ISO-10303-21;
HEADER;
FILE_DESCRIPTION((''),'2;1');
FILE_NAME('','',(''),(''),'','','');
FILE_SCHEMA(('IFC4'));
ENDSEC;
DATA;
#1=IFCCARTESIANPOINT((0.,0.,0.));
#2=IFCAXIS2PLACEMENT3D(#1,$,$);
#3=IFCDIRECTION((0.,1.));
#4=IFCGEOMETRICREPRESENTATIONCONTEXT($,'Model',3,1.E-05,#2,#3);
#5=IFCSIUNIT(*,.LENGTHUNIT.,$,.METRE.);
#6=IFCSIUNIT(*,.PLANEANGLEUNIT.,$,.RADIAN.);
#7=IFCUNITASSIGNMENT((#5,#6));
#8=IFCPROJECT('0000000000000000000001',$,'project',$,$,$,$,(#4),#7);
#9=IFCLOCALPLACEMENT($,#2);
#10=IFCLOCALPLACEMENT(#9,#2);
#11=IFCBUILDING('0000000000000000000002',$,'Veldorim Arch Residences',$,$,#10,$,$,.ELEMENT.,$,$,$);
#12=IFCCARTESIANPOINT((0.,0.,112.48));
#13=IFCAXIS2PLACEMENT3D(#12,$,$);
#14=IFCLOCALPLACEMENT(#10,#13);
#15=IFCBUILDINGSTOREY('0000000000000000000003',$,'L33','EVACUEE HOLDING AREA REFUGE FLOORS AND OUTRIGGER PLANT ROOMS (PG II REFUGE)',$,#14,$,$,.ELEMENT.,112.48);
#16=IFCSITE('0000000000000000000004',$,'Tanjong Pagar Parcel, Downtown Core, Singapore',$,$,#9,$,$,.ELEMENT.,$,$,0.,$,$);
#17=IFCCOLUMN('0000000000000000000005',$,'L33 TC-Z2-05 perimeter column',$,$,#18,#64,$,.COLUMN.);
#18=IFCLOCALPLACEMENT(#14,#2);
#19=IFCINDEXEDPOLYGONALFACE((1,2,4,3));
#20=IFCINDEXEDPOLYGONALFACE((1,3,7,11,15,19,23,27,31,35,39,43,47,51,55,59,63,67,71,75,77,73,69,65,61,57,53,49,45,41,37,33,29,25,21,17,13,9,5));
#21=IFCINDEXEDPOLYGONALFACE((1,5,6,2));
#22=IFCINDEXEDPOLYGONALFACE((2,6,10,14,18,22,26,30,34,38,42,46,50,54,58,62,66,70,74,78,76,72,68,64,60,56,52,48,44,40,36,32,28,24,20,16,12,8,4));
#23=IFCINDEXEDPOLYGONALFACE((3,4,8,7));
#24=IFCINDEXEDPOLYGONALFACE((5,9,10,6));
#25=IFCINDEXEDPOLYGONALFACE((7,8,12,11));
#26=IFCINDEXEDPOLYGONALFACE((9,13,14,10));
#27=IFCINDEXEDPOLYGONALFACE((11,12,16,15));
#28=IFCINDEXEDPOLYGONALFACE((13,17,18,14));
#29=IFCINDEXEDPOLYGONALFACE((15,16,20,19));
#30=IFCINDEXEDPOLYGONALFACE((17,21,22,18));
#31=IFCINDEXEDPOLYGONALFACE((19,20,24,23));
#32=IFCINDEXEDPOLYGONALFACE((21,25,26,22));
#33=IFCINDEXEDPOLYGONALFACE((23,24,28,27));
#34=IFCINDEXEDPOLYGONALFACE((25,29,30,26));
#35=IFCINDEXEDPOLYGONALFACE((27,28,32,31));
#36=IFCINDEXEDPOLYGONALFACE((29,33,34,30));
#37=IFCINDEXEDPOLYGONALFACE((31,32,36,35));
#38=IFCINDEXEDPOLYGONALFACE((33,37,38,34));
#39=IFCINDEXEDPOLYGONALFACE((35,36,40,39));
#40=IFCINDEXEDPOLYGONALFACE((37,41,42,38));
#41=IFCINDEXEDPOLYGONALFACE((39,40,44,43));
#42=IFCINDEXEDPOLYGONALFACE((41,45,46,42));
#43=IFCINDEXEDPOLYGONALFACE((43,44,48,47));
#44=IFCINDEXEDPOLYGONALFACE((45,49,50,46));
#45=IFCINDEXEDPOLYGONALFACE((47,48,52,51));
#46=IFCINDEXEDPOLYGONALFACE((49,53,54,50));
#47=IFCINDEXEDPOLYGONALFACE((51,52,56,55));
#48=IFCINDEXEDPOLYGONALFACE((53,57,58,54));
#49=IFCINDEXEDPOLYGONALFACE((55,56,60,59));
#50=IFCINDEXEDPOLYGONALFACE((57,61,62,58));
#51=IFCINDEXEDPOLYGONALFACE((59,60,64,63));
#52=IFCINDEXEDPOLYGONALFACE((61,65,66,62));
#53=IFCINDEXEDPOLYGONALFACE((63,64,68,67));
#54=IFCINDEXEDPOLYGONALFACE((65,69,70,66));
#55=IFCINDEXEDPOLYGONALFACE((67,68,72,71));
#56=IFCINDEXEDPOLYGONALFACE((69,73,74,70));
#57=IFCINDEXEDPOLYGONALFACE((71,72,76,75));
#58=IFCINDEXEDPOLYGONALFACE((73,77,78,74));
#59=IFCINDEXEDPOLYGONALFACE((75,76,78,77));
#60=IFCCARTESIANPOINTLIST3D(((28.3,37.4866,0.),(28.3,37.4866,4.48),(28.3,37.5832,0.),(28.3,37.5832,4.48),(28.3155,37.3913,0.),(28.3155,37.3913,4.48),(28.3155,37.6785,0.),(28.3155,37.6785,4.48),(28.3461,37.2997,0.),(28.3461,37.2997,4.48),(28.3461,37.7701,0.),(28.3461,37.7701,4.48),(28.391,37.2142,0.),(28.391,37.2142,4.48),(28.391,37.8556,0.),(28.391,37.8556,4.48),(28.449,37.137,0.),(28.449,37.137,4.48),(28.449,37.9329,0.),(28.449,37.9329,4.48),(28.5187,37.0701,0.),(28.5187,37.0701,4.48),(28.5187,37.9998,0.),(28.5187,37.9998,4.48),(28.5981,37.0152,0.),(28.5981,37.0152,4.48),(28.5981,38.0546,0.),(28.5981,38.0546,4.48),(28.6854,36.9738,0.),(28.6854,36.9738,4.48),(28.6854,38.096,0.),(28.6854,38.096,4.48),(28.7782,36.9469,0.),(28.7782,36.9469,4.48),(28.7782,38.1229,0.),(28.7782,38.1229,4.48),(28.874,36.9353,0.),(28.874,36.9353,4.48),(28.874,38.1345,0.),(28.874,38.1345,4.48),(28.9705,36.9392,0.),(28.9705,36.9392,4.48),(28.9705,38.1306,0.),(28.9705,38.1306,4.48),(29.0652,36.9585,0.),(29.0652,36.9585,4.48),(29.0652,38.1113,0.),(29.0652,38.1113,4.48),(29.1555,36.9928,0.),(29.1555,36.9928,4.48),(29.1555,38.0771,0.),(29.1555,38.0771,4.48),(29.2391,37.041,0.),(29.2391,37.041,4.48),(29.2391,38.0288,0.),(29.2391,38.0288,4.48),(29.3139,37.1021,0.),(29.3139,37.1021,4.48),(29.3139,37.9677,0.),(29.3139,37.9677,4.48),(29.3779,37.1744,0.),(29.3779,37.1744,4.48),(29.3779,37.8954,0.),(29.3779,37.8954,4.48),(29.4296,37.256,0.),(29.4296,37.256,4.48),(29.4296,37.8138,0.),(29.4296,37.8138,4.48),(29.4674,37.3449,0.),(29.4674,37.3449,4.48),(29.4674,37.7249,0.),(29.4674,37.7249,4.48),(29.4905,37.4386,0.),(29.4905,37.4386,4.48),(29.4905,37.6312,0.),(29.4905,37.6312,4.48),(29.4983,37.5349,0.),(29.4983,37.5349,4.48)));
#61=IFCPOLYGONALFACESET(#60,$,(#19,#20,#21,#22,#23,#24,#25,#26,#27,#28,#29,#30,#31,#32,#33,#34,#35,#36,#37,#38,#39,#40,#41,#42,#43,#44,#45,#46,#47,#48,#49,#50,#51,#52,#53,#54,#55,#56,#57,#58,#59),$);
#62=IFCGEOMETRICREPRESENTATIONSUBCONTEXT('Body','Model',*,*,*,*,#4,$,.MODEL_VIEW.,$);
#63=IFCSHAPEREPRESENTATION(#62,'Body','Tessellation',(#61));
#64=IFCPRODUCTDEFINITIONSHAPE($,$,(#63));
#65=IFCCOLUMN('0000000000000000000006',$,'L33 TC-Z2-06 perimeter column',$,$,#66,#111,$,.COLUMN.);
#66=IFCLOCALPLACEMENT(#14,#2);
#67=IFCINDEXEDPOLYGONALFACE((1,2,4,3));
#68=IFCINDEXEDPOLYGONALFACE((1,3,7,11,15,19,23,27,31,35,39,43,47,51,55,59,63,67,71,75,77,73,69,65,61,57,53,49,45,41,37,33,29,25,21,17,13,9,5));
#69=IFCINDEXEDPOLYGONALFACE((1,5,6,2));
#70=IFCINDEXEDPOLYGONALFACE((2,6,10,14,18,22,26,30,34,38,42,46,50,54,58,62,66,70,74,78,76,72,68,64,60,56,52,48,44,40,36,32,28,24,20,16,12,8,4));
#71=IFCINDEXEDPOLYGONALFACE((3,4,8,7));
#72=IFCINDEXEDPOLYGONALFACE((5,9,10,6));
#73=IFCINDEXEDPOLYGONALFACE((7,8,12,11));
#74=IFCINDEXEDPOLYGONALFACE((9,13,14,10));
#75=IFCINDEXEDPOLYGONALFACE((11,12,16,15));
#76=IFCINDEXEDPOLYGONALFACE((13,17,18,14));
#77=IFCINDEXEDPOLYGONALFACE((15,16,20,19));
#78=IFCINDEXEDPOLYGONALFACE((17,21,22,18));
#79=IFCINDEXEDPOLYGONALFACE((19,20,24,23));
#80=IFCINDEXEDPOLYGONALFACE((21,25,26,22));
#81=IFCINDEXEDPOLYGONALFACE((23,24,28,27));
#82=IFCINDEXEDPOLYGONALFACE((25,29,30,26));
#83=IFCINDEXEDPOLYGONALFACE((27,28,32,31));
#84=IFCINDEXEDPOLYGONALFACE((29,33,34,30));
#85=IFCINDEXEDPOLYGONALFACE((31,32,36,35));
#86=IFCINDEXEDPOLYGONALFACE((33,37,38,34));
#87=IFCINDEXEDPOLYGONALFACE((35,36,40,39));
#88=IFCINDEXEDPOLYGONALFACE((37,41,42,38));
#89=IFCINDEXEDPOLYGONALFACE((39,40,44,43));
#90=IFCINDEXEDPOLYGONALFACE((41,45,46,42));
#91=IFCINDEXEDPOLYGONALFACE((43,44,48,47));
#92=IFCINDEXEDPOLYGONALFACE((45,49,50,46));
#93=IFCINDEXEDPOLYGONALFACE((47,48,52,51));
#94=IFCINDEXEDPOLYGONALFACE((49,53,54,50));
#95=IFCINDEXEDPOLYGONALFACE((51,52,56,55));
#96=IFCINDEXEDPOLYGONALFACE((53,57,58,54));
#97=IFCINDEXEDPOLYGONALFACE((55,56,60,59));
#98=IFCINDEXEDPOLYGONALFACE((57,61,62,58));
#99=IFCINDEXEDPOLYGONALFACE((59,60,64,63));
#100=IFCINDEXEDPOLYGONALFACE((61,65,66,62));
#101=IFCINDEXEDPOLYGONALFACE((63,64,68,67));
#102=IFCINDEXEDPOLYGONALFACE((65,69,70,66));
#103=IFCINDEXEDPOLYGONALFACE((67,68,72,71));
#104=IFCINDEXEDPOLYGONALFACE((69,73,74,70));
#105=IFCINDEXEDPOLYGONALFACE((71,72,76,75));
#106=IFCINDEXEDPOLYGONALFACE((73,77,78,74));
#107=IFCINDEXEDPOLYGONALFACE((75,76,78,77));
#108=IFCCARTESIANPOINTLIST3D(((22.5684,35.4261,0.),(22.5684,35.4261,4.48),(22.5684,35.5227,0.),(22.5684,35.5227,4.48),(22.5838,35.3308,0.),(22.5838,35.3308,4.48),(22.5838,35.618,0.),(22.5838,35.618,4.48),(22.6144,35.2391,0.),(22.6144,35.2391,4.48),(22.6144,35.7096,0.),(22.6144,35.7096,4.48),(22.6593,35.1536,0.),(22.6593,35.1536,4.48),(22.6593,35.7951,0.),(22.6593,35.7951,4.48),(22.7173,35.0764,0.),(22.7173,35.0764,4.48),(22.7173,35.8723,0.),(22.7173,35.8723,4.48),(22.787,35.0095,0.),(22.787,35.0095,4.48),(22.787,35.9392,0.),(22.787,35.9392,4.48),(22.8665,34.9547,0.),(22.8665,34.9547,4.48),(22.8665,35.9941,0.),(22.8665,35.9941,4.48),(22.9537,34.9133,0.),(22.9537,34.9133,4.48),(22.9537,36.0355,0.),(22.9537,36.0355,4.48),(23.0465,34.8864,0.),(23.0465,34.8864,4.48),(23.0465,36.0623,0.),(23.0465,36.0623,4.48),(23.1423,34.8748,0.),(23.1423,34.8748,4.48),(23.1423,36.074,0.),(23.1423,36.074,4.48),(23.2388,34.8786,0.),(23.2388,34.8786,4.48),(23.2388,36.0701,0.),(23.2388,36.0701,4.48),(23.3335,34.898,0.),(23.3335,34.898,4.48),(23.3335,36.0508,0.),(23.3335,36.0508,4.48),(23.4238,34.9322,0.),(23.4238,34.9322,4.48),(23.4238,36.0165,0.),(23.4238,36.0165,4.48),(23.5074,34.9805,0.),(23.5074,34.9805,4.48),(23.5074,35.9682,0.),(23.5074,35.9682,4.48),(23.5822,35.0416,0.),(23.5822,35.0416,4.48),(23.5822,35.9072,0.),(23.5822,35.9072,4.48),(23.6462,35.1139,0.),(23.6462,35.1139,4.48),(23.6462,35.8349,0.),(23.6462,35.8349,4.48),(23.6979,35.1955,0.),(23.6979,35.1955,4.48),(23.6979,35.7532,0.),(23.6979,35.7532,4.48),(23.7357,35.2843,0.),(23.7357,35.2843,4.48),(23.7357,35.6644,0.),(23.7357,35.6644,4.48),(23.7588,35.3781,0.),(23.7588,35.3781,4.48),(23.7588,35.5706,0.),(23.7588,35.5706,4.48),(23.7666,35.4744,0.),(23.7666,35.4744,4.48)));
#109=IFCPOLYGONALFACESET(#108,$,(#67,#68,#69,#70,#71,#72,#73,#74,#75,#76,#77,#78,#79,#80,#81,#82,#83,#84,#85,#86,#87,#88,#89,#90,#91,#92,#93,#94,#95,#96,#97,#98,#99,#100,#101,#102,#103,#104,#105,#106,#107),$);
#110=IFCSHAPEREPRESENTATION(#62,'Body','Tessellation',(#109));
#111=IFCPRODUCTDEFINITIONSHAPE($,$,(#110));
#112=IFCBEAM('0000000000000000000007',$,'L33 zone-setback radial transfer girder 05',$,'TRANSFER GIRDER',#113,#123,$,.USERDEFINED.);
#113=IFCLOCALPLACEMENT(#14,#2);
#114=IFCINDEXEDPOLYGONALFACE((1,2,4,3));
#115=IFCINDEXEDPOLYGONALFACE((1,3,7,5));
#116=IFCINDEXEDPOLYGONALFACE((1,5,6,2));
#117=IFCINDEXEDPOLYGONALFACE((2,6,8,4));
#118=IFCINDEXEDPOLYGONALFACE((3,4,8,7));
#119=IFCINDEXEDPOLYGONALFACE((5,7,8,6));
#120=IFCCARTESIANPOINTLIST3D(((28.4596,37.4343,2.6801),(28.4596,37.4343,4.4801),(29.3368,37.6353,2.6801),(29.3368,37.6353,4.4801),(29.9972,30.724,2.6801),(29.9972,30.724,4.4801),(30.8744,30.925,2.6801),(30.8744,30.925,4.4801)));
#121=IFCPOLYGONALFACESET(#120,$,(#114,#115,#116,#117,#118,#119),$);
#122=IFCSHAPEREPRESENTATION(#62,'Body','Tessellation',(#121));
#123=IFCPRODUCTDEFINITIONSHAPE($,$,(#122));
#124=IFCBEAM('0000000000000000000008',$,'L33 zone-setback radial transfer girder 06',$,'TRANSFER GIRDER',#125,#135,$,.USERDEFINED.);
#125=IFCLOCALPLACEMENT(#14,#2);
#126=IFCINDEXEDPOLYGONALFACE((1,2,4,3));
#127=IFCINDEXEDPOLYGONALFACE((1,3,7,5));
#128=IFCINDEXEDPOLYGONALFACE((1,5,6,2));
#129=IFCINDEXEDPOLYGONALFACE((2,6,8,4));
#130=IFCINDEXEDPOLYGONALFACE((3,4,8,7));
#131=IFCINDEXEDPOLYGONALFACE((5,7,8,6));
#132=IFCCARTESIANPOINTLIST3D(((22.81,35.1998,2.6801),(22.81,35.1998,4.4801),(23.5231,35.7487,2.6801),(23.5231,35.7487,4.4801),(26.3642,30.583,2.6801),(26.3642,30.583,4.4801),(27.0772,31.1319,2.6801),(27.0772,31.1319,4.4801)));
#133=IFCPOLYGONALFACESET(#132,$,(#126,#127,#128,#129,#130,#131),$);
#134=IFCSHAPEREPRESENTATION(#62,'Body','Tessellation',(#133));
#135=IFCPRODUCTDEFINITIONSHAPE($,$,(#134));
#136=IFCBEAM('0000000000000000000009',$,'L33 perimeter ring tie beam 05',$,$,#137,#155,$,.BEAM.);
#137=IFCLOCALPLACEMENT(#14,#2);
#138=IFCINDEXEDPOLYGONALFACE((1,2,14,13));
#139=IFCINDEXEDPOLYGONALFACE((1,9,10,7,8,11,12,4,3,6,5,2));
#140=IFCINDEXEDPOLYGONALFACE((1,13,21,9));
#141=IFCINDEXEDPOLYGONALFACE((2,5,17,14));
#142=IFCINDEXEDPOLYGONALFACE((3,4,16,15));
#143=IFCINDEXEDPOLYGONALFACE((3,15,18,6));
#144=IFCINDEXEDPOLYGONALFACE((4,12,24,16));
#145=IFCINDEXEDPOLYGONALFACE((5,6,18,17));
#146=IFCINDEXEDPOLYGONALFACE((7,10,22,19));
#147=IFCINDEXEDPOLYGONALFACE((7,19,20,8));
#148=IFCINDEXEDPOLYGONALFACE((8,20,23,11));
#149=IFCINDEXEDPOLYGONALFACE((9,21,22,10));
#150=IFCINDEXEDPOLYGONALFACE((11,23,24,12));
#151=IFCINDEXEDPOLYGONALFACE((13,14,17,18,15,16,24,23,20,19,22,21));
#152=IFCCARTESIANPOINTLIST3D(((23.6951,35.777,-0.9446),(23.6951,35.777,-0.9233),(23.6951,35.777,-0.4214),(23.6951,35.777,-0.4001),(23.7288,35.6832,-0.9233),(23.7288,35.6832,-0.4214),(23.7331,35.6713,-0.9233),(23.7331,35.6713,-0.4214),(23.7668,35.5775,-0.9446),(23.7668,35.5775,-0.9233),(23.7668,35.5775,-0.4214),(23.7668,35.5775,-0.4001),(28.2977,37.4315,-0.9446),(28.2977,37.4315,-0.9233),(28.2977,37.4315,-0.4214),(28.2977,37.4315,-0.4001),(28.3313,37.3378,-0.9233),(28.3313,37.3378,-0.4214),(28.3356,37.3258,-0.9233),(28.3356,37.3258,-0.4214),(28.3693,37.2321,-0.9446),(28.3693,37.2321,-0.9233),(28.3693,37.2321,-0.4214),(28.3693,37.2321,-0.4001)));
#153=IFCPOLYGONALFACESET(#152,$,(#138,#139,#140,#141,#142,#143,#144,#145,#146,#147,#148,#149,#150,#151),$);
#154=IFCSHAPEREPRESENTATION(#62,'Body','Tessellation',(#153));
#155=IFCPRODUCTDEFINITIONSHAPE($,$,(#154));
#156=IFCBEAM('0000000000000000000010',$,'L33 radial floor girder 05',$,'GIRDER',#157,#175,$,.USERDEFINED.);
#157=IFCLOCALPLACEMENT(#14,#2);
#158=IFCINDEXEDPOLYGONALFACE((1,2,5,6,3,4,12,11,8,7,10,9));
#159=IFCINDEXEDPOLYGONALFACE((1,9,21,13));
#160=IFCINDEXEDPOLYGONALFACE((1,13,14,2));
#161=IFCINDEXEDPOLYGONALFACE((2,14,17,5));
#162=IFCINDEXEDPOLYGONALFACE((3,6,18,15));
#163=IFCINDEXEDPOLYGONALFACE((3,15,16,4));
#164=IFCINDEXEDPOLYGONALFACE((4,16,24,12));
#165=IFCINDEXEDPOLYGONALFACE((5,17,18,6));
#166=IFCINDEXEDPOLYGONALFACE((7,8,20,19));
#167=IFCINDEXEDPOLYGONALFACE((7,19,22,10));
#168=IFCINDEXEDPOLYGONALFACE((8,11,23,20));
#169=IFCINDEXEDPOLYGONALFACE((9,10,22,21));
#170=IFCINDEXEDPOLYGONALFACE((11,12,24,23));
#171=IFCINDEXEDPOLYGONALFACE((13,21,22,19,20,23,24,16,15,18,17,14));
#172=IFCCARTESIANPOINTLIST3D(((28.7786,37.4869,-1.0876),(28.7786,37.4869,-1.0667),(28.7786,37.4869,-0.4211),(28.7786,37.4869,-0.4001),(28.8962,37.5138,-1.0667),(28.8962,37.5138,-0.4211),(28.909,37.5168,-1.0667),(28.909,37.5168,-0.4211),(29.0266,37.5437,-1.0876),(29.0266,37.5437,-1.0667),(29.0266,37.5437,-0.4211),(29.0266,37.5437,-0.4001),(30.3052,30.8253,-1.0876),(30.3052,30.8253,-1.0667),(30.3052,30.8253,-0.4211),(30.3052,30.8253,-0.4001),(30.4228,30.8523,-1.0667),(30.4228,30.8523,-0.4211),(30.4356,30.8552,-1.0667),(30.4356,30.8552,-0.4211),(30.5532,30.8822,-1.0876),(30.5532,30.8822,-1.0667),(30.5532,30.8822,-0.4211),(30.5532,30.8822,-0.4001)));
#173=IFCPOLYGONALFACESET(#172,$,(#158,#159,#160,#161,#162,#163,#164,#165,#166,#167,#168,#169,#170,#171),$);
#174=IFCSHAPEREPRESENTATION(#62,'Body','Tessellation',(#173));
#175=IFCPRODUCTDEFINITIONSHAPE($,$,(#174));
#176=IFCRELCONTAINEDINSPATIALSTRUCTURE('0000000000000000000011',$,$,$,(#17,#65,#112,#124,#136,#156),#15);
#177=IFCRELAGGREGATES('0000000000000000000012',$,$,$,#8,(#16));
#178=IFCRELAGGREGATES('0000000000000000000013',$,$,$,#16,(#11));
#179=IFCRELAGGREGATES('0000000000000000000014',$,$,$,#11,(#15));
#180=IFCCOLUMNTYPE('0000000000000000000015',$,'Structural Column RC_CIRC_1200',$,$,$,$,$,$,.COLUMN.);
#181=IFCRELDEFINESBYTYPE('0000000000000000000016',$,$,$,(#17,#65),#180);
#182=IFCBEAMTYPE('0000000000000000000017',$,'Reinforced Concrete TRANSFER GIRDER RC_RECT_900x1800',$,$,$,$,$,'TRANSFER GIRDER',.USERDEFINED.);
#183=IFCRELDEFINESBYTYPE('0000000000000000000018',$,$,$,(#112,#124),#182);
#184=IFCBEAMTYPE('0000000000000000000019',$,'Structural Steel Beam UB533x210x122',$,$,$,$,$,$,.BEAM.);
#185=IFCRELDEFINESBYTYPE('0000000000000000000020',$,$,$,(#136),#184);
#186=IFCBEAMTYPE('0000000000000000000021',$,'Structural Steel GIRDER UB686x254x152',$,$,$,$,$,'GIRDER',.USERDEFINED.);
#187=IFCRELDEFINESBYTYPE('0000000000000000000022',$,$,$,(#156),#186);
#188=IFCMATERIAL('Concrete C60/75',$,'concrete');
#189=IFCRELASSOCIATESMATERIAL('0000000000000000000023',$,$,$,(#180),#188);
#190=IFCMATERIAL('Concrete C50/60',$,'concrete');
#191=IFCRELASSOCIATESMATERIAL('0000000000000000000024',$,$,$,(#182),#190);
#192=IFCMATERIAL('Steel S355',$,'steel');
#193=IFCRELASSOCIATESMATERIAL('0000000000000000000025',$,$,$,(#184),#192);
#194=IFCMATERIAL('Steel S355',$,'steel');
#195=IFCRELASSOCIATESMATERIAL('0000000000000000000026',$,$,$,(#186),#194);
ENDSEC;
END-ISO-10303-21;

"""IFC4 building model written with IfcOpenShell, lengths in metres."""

from ifc_helpers import new_model, si_unit, direction, frame, origin, origin_2d, place, context, subcontext, project, spatial, rectangle, circle, i_section, extrude, material, material_profile, profile_set, type_object, element, save


model = new_model("IFC4")

# Units and contexts
model_context = context("Model", 3, precision=1e-05, world=origin(), true_north=direction((0.0, 1.0)))
body_context = subcontext(model_context, "Body", "Model", "MODEL_VIEW")
ifc_project = project(units=[si_unit("LENGTHUNIT", "METRE"), si_unit("PLANEANGLEUNIT", "RADIAN")], contexts=[model_context])

# Site, building, storey
site_placement = place(None, origin())
site = spatial("IfcSite", under=ifc_project, at=site_placement, Name="Tanjong Pagar Parcel, Downtown Core, Singapore", CompositionType="ELEMENT", RefElevation=0.0)
building_placement = place(site_placement, origin())
building = spatial("IfcBuilding", under=site, at=building_placement, Name="Veldorim Arch Residences", CompositionType="ELEMENT")
storey_placement = place(building_placement, frame((0.0, 0.0, 112.48)))
storey = spatial("IfcBuildingStorey", under=building, at=storey_placement, Name="L33", Description="EVACUEE HOLDING AREA REFUGE FLOORS AND OUTRIGGER PLANT ROOMS (PG II REFUGE)", CompositionType="ELEMENT", Elevation=112.48)

# Columns
ifc_material_1 = material(Name="Concrete C60/75", Category="concrete")
ifc_material_profile_1 = material_profile(ifc_material_1, circle(Radius=0.6001, at=origin_2d()), Name="RC_CIRC_1200")
ifc_profile_set_1 = profile_set([ifc_material_profile_1], Name="Concrete C60/75")
column_type = type_object("IfcColumnType", Name="Structural Column RC_CIRC_1200", PredefinedType="COLUMN", material=ifc_profile_set_1)
for number, where, z_axis, x_axis, name in (
    (1, (28.8982, 37.5349, 0.0), (0.0, 0.0, 1.0), (1.0, 0.0, 0.0), "L33 TC-Z2-05 perimeter column"),
    (2, (23.1665, 35.4744, 0.0), (0.0, 0.0, 1.0), (1.0, 0.0, 0.0), "L33 TC-Z2-06 perimeter column"),
):
    element("IfcColumn", number, at=place(storey_placement, frame(where, z_axis=z_axis, x_axis=x_axis)), inside=storey, type_object=column_type, Name=name, PredefinedType="COLUMN", context=body_context, shape_type="SweptSolid", body=[
        extrude(circle(Radius=0.6001, at=origin_2d()), origin(), (0.0, 0.0, 1.0), 4.48),
    ])

# Beams
ifc_material_2 = material(Name="Concrete C50/60", Category="concrete")
ifc_material_profile_2 = material_profile(ifc_material_2, rectangle(XDim=0.8999, YDim=1.8, at=origin_2d()), Name="RC_RECT_900x1800")
ifc_profile_set_2 = profile_set([ifc_material_profile_2], Name="Concrete C50/60")
beam_type_1 = type_object("IfcBeamType", Name="Reinforced Concrete TRANSFER GIRDER RC_RECT_900x1800", ElementType="TRANSFER GIRDER", PredefinedType="USERDEFINED", material=ifc_profile_set_2)
beam_1_placement = place(storey_placement, frame((30.4358, 30.8245, 3.5801), z_axis=(-0.223347, 0.974739, 0.0), x_axis=(-0.974739, -0.223347, 0.0)))
element("IfcBeam", 3, at=beam_1_placement, inside=storey, type_object=beam_type_1, Name="L33 zone-setback radial transfer girder 05", ObjectType="TRANSFER GIRDER", PredefinedType="USERDEFINED", context=body_context, shape_type="SweptSolid", body=[
    extrude(rectangle(XDim=0.8999, YDim=1.8, at=origin_2d()), origin(), (0.0, 0.0, 1.0), 6.8843),
])
beam_2_placement = place(storey_placement, frame((26.7207, 30.8574, 3.5801), z_axis=(-0.610002, 0.7924, 0.0), x_axis=(-0.7924, -0.610002, 0.0)))
element("IfcBeam", 4, at=beam_2_placement, inside=storey, type_object=beam_type_1, Name="L33 zone-setback radial transfer girder 06", ObjectType="TRANSFER GIRDER", PredefinedType="USERDEFINED", context=body_context, shape_type="SweptSolid", body=[
    extrude(rectangle(XDim=0.8999, YDim=1.8, at=origin_2d()), origin(), (0.0, 0.0, 1.0), 5.8264),
])
ifc_material_3 = material(Name="Steel S355", Category="steel")
ifc_material_profile_3 = material_profile(ifc_material_3, i_section(OverallWidth=0.2119, OverallDepth=0.5444, WebThickness=0.0127, FlangeThickness=0.0212, at=origin_2d()), Name="UB533x210x122")
ifc_profile_set_3 = profile_set([ifc_material_profile_3], Name="Steel S355")
beam_type_2 = type_object("IfcBeamType", Name="Structural Steel Beam UB533x210x122", PredefinedType="BEAM", material=ifc_profile_set_3)
beam_3_placement = place(storey_placement, frame((28.3335, 37.3318, -0.6724), z_axis=(-0.941042, -0.33829, 0.0), x_axis=(0.33829, -0.941042, 0.0)))
element("IfcBeam", 5, at=beam_3_placement, inside=storey, type_object=beam_type_2, Name="L33 perimeter ring tie beam 05", PredefinedType="BEAM", context=body_context, shape_type="SweptSolid", body=[
    extrude(i_section(OverallWidth=0.2119, OverallDepth=0.5444, WebThickness=0.0127, FlangeThickness=0.0212, at=origin_2d()), origin(), (0.0, 0.0, 1.0), 4.8909),
])
ifc_material_4 = material(Name="Steel S355", Category="steel")
ifc_material_profile_4 = material_profile(ifc_material_4, i_section(OverallWidth=0.2544, OverallDepth=0.6875, WebThickness=0.0132, FlangeThickness=0.021, at=origin_2d()), Name="UB686x254x152")
ifc_profile_set_4 = profile_set([ifc_material_profile_4], Name="Steel S355")
beam_type_3 = type_object("IfcBeamType", Name="Structural Steel GIRDER UB686x254x152", ElementType="GIRDER", PredefinedType="USERDEFINED", material=ifc_profile_set_4)
beam_4_placement = place(storey_placement, frame((30.4292, 30.8538, -0.7439), z_axis=(-0.223375, 0.974733, 0.0), x_axis=(-0.974733, -0.223375, 0.0)))
element("IfcBeam", 6, at=beam_4_placement, inside=storey, type_object=beam_type_3, Name="L33 radial floor girder 05", ObjectType="GIRDER", PredefinedType="USERDEFINED", context=body_context, shape_type="SweptSolid", body=[
    extrude(i_section(OverallWidth=0.2544, OverallDepth=0.6875, WebThickness=0.0132, FlangeThickness=0.021, at=origin_2d()), origin(), (0.0, 0.0, 1.0), 6.8342),
])

save(model, "model.ifc")
